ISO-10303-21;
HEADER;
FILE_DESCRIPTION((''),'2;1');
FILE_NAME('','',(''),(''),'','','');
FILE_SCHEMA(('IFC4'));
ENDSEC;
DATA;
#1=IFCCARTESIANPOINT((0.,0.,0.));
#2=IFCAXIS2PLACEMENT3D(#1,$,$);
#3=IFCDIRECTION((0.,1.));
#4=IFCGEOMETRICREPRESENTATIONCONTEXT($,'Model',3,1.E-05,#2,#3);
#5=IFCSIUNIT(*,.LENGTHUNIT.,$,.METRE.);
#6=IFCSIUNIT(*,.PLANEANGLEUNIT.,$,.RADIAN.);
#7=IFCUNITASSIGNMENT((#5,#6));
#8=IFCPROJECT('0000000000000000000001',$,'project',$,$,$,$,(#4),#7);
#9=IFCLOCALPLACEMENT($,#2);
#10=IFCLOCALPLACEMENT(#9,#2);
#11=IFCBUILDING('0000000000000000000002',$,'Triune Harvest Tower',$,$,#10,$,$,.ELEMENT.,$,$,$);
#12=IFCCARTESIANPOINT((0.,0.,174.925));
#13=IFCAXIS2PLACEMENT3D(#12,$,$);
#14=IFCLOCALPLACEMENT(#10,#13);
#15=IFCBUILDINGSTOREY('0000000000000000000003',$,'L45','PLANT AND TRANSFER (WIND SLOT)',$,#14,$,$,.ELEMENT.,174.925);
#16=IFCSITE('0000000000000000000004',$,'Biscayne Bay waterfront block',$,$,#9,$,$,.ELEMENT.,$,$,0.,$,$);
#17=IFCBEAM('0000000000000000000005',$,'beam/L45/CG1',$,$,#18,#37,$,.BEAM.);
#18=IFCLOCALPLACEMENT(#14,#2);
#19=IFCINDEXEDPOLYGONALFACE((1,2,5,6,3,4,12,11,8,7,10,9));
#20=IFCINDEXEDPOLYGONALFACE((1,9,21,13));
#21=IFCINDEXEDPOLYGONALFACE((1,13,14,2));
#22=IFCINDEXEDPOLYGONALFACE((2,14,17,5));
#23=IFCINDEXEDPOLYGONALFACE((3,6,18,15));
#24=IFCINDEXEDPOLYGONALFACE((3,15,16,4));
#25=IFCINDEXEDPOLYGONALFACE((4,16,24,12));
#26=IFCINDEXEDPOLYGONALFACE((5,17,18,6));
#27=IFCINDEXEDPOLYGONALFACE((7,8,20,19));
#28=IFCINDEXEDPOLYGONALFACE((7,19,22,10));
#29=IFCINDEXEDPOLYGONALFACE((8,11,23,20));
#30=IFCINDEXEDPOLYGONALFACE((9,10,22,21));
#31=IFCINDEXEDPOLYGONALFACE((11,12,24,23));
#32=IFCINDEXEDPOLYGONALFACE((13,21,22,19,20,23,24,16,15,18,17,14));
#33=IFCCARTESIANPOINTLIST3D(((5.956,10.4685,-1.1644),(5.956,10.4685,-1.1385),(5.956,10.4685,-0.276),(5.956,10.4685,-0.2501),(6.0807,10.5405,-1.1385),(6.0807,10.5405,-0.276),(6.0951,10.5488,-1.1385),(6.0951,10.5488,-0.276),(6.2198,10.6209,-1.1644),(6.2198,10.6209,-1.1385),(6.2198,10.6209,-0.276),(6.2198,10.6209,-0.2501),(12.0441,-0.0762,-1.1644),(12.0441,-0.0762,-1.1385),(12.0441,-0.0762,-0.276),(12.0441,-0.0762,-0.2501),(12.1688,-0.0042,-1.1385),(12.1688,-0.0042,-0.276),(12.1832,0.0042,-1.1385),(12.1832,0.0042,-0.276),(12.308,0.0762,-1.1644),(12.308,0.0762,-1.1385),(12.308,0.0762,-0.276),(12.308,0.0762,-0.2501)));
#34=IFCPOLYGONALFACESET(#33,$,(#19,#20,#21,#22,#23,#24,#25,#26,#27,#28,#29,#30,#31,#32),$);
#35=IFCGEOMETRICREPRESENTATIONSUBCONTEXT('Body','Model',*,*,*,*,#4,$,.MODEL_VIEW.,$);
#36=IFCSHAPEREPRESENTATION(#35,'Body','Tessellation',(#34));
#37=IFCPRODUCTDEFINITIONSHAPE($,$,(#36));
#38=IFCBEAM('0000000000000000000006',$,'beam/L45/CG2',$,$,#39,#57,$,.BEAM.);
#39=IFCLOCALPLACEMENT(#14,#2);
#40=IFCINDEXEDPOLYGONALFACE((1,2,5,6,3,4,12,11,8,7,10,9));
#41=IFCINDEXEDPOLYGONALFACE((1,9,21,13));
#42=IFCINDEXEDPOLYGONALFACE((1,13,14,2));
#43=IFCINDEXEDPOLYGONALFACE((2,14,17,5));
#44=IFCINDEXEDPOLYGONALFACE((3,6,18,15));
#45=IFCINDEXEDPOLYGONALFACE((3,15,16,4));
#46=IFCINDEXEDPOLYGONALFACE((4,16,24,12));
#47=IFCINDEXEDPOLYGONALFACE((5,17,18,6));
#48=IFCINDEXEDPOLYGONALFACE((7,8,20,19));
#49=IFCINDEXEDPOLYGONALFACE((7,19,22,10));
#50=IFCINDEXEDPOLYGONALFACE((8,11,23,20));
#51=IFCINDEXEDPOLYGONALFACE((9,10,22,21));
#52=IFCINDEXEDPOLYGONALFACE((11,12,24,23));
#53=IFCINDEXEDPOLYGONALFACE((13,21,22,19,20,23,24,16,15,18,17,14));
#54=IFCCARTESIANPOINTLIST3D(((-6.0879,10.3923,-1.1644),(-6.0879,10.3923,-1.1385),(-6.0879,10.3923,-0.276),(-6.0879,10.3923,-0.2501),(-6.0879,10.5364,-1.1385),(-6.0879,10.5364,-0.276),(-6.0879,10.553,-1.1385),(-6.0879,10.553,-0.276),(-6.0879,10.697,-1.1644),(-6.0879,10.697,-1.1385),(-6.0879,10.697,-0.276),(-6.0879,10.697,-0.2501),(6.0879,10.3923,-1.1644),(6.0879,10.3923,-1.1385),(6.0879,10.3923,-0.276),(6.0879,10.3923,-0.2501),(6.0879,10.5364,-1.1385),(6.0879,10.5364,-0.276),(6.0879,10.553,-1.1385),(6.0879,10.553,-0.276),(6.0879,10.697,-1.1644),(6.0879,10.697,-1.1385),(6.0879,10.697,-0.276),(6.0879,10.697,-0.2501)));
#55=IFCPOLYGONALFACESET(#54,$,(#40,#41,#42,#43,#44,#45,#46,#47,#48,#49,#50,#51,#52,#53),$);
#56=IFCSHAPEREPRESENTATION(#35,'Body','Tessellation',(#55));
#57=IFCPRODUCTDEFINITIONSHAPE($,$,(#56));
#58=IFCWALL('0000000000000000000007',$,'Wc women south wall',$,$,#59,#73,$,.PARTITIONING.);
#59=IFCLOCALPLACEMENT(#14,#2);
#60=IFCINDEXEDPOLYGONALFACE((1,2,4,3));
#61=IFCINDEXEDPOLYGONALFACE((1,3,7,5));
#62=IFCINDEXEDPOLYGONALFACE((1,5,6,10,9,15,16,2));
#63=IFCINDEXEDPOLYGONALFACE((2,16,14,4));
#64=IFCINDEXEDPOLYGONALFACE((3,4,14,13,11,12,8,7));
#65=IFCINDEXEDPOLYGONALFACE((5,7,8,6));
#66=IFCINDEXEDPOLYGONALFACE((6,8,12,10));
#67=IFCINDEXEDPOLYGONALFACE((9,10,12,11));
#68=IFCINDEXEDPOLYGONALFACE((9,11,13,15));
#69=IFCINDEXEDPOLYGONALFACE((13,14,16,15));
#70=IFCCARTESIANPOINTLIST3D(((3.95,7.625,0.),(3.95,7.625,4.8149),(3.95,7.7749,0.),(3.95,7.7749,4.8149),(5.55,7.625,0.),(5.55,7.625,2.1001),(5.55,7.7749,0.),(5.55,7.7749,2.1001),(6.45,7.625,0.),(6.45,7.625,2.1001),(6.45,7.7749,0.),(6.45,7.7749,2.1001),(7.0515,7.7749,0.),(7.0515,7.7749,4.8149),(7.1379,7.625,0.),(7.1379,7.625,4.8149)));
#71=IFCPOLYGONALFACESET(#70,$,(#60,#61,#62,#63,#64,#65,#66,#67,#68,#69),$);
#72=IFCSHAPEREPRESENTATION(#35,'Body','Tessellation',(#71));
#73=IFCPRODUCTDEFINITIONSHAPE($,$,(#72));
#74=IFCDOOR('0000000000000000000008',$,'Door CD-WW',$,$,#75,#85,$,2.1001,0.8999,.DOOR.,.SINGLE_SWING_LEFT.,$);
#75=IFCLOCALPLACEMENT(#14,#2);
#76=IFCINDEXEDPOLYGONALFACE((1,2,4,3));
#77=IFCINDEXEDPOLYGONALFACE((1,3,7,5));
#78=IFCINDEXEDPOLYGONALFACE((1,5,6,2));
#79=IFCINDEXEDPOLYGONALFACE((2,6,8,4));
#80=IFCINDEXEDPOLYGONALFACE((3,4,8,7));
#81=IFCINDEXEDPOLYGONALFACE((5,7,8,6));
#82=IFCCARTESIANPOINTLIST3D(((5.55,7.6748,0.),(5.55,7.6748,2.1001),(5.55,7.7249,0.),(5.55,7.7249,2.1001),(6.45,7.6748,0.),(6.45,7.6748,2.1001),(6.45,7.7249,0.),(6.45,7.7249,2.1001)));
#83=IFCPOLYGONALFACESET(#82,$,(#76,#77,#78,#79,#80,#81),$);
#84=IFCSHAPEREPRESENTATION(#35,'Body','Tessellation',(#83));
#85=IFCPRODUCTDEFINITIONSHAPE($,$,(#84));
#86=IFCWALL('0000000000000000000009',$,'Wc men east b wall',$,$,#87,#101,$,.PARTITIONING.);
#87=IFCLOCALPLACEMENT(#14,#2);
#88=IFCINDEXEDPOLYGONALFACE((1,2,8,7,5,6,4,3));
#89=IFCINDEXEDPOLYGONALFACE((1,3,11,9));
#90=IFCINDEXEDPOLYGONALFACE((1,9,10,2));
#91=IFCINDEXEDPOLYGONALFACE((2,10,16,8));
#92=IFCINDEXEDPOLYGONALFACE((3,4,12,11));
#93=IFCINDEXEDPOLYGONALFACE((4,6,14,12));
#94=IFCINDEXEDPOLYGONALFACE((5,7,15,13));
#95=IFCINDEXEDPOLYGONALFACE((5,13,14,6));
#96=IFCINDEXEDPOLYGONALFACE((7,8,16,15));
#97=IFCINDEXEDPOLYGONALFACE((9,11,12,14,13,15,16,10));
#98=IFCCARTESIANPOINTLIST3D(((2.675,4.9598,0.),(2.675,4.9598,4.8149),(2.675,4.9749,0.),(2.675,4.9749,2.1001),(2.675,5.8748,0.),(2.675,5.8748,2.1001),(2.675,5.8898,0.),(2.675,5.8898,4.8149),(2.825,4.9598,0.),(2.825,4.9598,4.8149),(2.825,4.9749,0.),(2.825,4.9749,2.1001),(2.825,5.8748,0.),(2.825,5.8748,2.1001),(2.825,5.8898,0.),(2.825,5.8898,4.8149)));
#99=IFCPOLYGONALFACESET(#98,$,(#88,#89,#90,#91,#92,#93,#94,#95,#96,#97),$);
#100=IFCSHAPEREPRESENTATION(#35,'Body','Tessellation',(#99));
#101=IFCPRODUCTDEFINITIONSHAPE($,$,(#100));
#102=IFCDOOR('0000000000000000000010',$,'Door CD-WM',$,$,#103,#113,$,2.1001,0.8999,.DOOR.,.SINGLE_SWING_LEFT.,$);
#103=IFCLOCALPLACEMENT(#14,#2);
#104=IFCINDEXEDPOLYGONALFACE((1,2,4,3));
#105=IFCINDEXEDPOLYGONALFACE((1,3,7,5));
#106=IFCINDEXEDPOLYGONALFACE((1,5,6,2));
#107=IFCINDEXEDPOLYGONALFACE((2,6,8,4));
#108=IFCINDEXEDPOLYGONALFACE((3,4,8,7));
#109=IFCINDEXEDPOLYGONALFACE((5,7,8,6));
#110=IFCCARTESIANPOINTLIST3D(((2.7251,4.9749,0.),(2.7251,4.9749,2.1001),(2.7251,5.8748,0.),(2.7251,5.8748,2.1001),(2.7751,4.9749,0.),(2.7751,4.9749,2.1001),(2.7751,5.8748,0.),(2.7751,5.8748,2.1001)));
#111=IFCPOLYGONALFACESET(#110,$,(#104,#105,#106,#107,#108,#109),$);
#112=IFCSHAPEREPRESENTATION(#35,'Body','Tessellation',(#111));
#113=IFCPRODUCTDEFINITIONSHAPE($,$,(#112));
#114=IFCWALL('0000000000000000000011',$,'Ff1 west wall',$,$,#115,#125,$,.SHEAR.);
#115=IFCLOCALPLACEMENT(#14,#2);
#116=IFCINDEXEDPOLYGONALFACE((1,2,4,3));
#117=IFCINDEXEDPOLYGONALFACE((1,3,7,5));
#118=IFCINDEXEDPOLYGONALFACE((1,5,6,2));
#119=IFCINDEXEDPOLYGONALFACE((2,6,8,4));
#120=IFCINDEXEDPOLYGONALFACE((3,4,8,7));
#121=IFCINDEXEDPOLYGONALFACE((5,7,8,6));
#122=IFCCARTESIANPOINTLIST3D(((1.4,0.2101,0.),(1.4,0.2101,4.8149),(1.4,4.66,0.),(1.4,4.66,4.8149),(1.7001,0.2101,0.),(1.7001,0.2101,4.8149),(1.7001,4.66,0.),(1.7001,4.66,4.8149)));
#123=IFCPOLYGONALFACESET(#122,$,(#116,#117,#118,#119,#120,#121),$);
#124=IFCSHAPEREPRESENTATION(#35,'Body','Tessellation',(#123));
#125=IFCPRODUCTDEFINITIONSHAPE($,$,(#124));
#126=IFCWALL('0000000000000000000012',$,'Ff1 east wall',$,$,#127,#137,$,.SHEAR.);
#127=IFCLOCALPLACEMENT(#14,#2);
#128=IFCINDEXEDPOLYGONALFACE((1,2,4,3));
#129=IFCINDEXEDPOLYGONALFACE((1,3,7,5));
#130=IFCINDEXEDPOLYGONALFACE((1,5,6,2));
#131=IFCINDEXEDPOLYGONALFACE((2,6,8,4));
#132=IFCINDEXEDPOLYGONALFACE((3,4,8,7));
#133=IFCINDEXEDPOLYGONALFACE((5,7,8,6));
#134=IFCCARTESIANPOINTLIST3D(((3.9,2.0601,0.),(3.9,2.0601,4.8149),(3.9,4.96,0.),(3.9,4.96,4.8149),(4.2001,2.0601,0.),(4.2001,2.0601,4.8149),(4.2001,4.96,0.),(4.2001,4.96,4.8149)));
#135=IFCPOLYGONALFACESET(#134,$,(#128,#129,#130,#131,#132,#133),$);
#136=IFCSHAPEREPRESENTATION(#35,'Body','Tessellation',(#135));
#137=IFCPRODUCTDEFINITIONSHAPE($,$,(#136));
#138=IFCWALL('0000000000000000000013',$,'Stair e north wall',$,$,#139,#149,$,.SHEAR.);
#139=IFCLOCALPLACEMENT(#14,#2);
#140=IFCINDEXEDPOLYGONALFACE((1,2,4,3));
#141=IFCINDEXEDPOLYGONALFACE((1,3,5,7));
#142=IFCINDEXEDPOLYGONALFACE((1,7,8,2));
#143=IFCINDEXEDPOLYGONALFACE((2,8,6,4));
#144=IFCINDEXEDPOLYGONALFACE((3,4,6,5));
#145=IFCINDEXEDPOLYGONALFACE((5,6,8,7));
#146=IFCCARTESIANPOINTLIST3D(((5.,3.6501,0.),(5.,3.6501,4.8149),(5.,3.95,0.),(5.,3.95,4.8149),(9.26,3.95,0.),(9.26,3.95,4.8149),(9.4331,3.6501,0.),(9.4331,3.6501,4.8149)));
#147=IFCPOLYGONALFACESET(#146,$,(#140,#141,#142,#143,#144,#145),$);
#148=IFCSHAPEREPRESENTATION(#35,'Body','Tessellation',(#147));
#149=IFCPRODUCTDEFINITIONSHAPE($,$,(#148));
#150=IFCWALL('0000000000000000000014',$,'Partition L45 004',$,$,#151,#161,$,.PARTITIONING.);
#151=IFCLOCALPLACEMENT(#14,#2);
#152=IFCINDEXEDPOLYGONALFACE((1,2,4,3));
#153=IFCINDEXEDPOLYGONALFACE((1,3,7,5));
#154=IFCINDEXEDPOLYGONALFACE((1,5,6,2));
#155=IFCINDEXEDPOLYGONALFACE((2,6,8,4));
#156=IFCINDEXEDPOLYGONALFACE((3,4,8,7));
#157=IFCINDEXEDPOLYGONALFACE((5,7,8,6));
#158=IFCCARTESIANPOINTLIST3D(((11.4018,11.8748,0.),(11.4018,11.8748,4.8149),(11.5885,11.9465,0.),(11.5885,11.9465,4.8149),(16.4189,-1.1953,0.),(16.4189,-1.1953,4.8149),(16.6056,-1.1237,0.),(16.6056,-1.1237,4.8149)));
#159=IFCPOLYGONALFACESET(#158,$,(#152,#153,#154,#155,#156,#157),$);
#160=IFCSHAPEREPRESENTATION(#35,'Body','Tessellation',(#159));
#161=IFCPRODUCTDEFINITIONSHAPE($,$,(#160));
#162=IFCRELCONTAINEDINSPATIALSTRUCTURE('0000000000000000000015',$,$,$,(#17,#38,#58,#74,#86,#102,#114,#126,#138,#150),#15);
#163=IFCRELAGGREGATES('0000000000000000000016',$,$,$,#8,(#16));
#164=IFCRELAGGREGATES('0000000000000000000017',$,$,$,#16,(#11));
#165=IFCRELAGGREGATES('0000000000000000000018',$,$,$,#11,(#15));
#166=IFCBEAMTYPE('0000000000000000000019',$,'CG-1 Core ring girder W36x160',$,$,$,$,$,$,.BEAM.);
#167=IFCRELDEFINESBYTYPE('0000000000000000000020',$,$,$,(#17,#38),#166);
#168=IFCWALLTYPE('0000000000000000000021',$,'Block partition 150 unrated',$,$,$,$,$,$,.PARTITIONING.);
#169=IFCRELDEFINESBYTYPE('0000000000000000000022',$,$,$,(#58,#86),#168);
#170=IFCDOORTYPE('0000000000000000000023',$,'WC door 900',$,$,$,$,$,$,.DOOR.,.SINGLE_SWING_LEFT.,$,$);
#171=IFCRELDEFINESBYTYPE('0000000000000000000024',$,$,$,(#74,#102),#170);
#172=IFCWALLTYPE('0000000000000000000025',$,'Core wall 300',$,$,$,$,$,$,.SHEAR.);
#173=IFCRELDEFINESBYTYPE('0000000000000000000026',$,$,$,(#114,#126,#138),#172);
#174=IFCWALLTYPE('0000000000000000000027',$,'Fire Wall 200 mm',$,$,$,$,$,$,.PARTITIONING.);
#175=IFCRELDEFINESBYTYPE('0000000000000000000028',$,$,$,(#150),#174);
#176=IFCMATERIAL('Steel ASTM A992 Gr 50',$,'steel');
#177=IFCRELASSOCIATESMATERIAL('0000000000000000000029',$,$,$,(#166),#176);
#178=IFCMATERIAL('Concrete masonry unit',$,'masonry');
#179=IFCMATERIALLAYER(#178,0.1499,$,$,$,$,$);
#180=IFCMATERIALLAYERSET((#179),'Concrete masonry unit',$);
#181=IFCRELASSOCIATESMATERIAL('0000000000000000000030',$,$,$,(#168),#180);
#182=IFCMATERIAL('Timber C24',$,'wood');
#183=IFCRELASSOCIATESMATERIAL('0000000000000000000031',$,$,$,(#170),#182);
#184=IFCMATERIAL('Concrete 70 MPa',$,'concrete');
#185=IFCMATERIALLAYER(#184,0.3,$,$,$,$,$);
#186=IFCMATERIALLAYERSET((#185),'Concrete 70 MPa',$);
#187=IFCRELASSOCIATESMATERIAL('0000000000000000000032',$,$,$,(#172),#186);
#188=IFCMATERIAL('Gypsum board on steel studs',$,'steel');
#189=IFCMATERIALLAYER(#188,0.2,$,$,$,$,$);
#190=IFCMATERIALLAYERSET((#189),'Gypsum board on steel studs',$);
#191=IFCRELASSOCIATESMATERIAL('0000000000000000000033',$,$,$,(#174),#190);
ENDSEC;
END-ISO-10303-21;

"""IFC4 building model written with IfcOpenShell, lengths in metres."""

from ifc_helpers import new_model, si_unit, direction, frame, frame_2d, origin, origin_2d, place, context, subcontext, project, spatial, polyline, rectangle, i_section, outline, extrude, source, transform, mapped, material, layer, layer_set, material_profile, profile_set, type_object, element, fill, save


model = new_model("IFC4")

# Units and contexts
model_context = context("Model", 3, precision=1e-05, world=origin(), true_north=direction((0.0, 1.0)))
body_context = subcontext(model_context, "Body", "Model", "MODEL_VIEW")
ifc_project = project(units=[si_unit("LENGTHUNIT", "METRE"), si_unit("PLANEANGLEUNIT", "RADIAN")], contexts=[model_context])

# Site, building, storey
site_placement = place(None, origin())
site = spatial("IfcSite", under=ifc_project, at=site_placement, Name="Biscayne Bay waterfront block", CompositionType="ELEMENT", RefElevation=0.0)
building_placement = place(site_placement, origin())
building = spatial("IfcBuilding", under=site, at=building_placement, Name="Triune Harvest Tower", CompositionType="ELEMENT")
storey_placement = place(building_placement, frame((0.0, 0.0, 174.925)))
storey = spatial("IfcBuildingStorey", under=building, at=storey_placement, Name="L45", Description="PLANT AND TRANSFER (WIND SLOT)", CompositionType="ELEMENT", Elevation=174.925)

# Beams
ifc_material_1 = material(Name="Steel ASTM A992 Gr 50", Category="steel")
ifc_material_profile = material_profile(ifc_material_1, i_section(OverallWidth=0.3047, OverallDepth=0.9143, WebThickness=0.0166, FlangeThickness=0.0259, at=origin_2d()), Name="W36x160")
ifc_profile_set = profile_set([ifc_material_profile], Name="Steel ASTM A992 Gr 50")
beam_type = type_object("IfcBeamType", Name="CG-1 Core ring girder W36x160", PredefinedType="BEAM", material=ifc_profile_set)
shared_shape_1 = source(origin(), body_context, "Body", "SweptSolid", [
    extrude(i_section(OverallWidth=0.3047, OverallDepth=0.9143, WebThickness=0.0166, FlangeThickness=0.0259, at=origin_2d()), origin(), (0.0, 0.0, 1.0), 12.176),
])
beam_1_placement = place(storey_placement, frame((12.176, 0.0, -0.7073), z_axis=(-0.50001, 0.86602, 0.0), x_axis=(-0.86602, -0.50001, 0.0)))
element("IfcBeam", 1, at=beam_1_placement, inside=storey, type_object=beam_type, Name="beam/L45/CG1", PredefinedType="BEAM", context=body_context, shape_type="MappedRepresentation", body=[
    mapped(shared_shape_1, transform((0.0, 0.0, 0.0), scale=1.0)),
])
shared_shape_2 = source(origin(), body_context, "Body", "SweptSolid", [
    extrude(i_section(OverallWidth=0.3047, OverallDepth=0.9143, WebThickness=0.0166, FlangeThickness=0.0259, at=origin_2d()), origin(), (0.0, 0.0, 1.0), 12.1758),
])
beam_2_placement = place(storey_placement, frame((6.0879, 10.5447, -0.7073), z_axis=(-1.0, 0.0, 0.0), x_axis=(0.0, -1.0, 0.0)))
element("IfcBeam", 2, at=beam_2_placement, inside=storey, type_object=beam_type, Name="beam/L45/CG2", PredefinedType="BEAM", context=body_context, shape_type="MappedRepresentation", body=[
    mapped(shared_shape_2, transform((0.0, 0.0, 0.0), scale=1.0)),
])

# Walls, openings, doors
ifc_material_2 = material(Name="Concrete masonry unit", Category="masonry")
ifc_layer_1 = layer(ifc_material_2, 0.1499)
ifc_layer_set_1 = layer_set([ifc_layer_1], Name="Concrete masonry unit")
wall_type_1 = type_object("IfcWallType", Name="Block partition 150 unrated", PredefinedType="PARTITIONING", material=ifc_layer_set_1)
wall_1_placement = place(storey_placement, frame((3.95, 7.7, 0.0), z_axis=(0.0, 0.0, 1.0), x_axis=(1.0, 0.0, 0.0)))
wall_1 = element("IfcWall", 3, at=wall_1_placement, inside=storey, type_object=wall_type_1, Name="Wc women south wall", PredefinedType="PARTITIONING", context=body_context, shape_type="SweptSolid", body=[
    extrude(outline(polyline([(0.0, -0.075), (0.0, 0.075), (3.1016, 0.075), (3.188, -0.075), (0.0, -0.075)])), origin(), (0.0, 0.0, 1.0), 4.8149),
])
opening_1_placement = place(wall_1_placement, frame((1.6001, 0.0, 0.0)))
opening_1 = element("IfcOpeningElement", 4, at=opening_1_placement, cuts=wall_1, PredefinedType="OPENING", context=body_context, shape_type="SweptSolid", body=[
    extrude(rectangle(XDim=0.8999, YDim=2.1001, at=frame_2d((0.45, 1.05))), frame((0.0, 0.085, 0.0), z_axis=(0.0, -1.0, 0.0), x_axis=(1.0, 0.0, 0.0)), (0.0, 0.0, 1.0), 0.1699),
])
ifc_material_3 = material(Name="Timber C24", Category="wood")
door_type_1 = type_object("IfcDoorType", Name="WC door 900", OperationType="SINGLE_SWING_LEFT", PredefinedType="DOOR", material=ifc_material_3)
door_1_placement = place(opening_1_placement, origin())
door_1 = element("IfcDoor", 5, at=door_1_placement, inside=storey, type_object=door_type_1, Name="Door CD-WW", OperationType="SINGLE_SWING_LEFT", OverallHeight=2.1001, OverallWidth=0.8999, PredefinedType="DOOR", context=body_context, shape_type="SweptSolid", body=[
    extrude(rectangle(XDim=0.8999, YDim=2.1001, at=frame_2d((0.45, 1.05))), frame((0.0, 0.0249, 0.0), z_axis=(0.0, -1.0, 0.0), x_axis=(1.0, 0.0, 0.0)), (0.0, 0.0, 1.0), 0.05),
])
fill(opening_1, door_1)
wall_2_placement = place(storey_placement, frame((2.75, 4.96, 0.0), z_axis=(0.0, 0.0, 1.0), x_axis=(0.0, 1.0, 0.0)))
wall_2 = element("IfcWall", 6, at=wall_2_placement, inside=storey, type_object=wall_type_1, Name="Wc men east b wall", PredefinedType="PARTITIONING", context=body_context, shape_type="SweptSolid", body=[
    extrude(rectangle(XDim=0.9299, YDim=0.1499, at=frame_2d((0.4648, 0.0))), origin(), (0.0, 0.0, 1.0), 4.8149),
])
opening_2_placement = place(wall_2_placement, frame((0.0149, 0.0, 0.0)))
opening_2 = element("IfcOpeningElement", 7, at=opening_2_placement, cuts=wall_2, PredefinedType="OPENING", context=body_context, shape_type="SweptSolid", body=[
    extrude(rectangle(XDim=0.8999, YDim=2.1001, at=frame_2d((0.45, 1.05))), frame((0.0, 0.085, 0.0), z_axis=(0.0, -1.0, 0.0), x_axis=(1.0, 0.0, 0.0)), (0.0, 0.0, 1.0), 0.1699),
])
door_2_placement = place(opening_2_placement, origin())
door_2 = element("IfcDoor", 8, at=door_2_placement, inside=storey, type_object=door_type_1, Name="Door CD-WM", OperationType="SINGLE_SWING_LEFT", OverallHeight=2.1001, OverallWidth=0.8999, PredefinedType="DOOR", context=body_context, shape_type="SweptSolid", body=[
    extrude(rectangle(XDim=0.8999, YDim=2.1001, at=frame_2d((0.45, 1.05))), frame((0.0, 0.0249, 0.0), z_axis=(0.0, -1.0, 0.0), x_axis=(1.0, 0.0, 0.0)), (0.0, 0.0, 1.0), 0.05),
])
fill(opening_2, door_2)

# Walls
ifc_material_4 = material(Name="Concrete 70 MPa", Category="concrete")
ifc_layer_2 = layer(ifc_material_4, 0.3)
ifc_layer_set_2 = layer_set([ifc_layer_2], Name="Concrete 70 MPa")
wall_type_2 = type_object("IfcWallType", Name="Core wall 300", PredefinedType="SHEAR", material=ifc_layer_set_2)
wall_3_placement = place(storey_placement, frame((1.55, 0.21, 0.0), z_axis=(0.0, 0.0, 1.0), x_axis=(0.0, 1.0, 0.0)))
element("IfcWall", 9, at=wall_3_placement, inside=storey, type_object=wall_type_2, Name="Ff1 west wall", PredefinedType="SHEAR", context=body_context, shape_type="SweptSolid", body=[
    extrude(rectangle(XDim=4.45, YDim=0.3, at=frame_2d((2.2251, 0.0))), origin(), (0.0, 0.0, 1.0), 4.8149),
])
wall_4_placement = place(storey_placement, frame((4.05, 2.0601, 0.0), z_axis=(0.0, 0.0, 1.0), x_axis=(0.0, 1.0, 0.0)))
element("IfcWall", 10, at=wall_4_placement, inside=storey, type_object=wall_type_2, Name="Ff1 east wall", PredefinedType="SHEAR", context=body_context, shape_type="SweptSolid", body=[
    extrude(rectangle(XDim=2.8999, YDim=0.3, at=frame_2d((1.45, 0.0))), origin(), (0.0, 0.0, 1.0), 4.8149),
])
wall_5_placement = place(storey_placement, frame((5.0, 3.8, 0.0), z_axis=(0.0, 0.0, 1.0), x_axis=(1.0, 0.0, 0.0)))
element("IfcWall", 11, at=wall_5_placement, inside=storey, type_object=wall_type_2, Name="Stair e north wall", PredefinedType="SHEAR", context=body_context, shape_type="SweptSolid", body=[
    extrude(outline(polyline([(0.0, -0.1499), (0.0, 0.1499), (4.26, 0.1499), (4.4331, -0.1499), (0.0, -0.1499)])), origin(), (0.0, 0.0, 1.0), 4.8149),
])
ifc_material_5 = material(Name="Gypsum board on steel studs", Category="steel")
ifc_layer_3 = layer(ifc_material_5, 0.2)
ifc_layer_set_3 = layer_set([ifc_layer_3], Name="Gypsum board on steel studs")
wall_type_3 = type_object("IfcWallType", Name="Fire Wall 200 mm", PredefinedType="PARTITIONING", material=ifc_layer_set_3)
wall_6_placement = place(storey_placement, frame((11.4951, 11.9106, 0.0), z_axis=(0.0, 0.0, 1.0), x_axis=(0.358366, -0.933581, 0.0)))
element("IfcWall", 12, at=wall_6_placement, inside=storey, type_object=wall_type_3, Name="Partition L45 004", PredefinedType="PARTITIONING", context=body_context, shape_type="SweptSolid", body=[
    extrude(rectangle(XDim=14.0, YDim=0.2, at=frame_2d((7.0, 0.0))), origin(), (0.0, 0.0, 1.0), 4.8149),
])

save(model, "model.ifc")
